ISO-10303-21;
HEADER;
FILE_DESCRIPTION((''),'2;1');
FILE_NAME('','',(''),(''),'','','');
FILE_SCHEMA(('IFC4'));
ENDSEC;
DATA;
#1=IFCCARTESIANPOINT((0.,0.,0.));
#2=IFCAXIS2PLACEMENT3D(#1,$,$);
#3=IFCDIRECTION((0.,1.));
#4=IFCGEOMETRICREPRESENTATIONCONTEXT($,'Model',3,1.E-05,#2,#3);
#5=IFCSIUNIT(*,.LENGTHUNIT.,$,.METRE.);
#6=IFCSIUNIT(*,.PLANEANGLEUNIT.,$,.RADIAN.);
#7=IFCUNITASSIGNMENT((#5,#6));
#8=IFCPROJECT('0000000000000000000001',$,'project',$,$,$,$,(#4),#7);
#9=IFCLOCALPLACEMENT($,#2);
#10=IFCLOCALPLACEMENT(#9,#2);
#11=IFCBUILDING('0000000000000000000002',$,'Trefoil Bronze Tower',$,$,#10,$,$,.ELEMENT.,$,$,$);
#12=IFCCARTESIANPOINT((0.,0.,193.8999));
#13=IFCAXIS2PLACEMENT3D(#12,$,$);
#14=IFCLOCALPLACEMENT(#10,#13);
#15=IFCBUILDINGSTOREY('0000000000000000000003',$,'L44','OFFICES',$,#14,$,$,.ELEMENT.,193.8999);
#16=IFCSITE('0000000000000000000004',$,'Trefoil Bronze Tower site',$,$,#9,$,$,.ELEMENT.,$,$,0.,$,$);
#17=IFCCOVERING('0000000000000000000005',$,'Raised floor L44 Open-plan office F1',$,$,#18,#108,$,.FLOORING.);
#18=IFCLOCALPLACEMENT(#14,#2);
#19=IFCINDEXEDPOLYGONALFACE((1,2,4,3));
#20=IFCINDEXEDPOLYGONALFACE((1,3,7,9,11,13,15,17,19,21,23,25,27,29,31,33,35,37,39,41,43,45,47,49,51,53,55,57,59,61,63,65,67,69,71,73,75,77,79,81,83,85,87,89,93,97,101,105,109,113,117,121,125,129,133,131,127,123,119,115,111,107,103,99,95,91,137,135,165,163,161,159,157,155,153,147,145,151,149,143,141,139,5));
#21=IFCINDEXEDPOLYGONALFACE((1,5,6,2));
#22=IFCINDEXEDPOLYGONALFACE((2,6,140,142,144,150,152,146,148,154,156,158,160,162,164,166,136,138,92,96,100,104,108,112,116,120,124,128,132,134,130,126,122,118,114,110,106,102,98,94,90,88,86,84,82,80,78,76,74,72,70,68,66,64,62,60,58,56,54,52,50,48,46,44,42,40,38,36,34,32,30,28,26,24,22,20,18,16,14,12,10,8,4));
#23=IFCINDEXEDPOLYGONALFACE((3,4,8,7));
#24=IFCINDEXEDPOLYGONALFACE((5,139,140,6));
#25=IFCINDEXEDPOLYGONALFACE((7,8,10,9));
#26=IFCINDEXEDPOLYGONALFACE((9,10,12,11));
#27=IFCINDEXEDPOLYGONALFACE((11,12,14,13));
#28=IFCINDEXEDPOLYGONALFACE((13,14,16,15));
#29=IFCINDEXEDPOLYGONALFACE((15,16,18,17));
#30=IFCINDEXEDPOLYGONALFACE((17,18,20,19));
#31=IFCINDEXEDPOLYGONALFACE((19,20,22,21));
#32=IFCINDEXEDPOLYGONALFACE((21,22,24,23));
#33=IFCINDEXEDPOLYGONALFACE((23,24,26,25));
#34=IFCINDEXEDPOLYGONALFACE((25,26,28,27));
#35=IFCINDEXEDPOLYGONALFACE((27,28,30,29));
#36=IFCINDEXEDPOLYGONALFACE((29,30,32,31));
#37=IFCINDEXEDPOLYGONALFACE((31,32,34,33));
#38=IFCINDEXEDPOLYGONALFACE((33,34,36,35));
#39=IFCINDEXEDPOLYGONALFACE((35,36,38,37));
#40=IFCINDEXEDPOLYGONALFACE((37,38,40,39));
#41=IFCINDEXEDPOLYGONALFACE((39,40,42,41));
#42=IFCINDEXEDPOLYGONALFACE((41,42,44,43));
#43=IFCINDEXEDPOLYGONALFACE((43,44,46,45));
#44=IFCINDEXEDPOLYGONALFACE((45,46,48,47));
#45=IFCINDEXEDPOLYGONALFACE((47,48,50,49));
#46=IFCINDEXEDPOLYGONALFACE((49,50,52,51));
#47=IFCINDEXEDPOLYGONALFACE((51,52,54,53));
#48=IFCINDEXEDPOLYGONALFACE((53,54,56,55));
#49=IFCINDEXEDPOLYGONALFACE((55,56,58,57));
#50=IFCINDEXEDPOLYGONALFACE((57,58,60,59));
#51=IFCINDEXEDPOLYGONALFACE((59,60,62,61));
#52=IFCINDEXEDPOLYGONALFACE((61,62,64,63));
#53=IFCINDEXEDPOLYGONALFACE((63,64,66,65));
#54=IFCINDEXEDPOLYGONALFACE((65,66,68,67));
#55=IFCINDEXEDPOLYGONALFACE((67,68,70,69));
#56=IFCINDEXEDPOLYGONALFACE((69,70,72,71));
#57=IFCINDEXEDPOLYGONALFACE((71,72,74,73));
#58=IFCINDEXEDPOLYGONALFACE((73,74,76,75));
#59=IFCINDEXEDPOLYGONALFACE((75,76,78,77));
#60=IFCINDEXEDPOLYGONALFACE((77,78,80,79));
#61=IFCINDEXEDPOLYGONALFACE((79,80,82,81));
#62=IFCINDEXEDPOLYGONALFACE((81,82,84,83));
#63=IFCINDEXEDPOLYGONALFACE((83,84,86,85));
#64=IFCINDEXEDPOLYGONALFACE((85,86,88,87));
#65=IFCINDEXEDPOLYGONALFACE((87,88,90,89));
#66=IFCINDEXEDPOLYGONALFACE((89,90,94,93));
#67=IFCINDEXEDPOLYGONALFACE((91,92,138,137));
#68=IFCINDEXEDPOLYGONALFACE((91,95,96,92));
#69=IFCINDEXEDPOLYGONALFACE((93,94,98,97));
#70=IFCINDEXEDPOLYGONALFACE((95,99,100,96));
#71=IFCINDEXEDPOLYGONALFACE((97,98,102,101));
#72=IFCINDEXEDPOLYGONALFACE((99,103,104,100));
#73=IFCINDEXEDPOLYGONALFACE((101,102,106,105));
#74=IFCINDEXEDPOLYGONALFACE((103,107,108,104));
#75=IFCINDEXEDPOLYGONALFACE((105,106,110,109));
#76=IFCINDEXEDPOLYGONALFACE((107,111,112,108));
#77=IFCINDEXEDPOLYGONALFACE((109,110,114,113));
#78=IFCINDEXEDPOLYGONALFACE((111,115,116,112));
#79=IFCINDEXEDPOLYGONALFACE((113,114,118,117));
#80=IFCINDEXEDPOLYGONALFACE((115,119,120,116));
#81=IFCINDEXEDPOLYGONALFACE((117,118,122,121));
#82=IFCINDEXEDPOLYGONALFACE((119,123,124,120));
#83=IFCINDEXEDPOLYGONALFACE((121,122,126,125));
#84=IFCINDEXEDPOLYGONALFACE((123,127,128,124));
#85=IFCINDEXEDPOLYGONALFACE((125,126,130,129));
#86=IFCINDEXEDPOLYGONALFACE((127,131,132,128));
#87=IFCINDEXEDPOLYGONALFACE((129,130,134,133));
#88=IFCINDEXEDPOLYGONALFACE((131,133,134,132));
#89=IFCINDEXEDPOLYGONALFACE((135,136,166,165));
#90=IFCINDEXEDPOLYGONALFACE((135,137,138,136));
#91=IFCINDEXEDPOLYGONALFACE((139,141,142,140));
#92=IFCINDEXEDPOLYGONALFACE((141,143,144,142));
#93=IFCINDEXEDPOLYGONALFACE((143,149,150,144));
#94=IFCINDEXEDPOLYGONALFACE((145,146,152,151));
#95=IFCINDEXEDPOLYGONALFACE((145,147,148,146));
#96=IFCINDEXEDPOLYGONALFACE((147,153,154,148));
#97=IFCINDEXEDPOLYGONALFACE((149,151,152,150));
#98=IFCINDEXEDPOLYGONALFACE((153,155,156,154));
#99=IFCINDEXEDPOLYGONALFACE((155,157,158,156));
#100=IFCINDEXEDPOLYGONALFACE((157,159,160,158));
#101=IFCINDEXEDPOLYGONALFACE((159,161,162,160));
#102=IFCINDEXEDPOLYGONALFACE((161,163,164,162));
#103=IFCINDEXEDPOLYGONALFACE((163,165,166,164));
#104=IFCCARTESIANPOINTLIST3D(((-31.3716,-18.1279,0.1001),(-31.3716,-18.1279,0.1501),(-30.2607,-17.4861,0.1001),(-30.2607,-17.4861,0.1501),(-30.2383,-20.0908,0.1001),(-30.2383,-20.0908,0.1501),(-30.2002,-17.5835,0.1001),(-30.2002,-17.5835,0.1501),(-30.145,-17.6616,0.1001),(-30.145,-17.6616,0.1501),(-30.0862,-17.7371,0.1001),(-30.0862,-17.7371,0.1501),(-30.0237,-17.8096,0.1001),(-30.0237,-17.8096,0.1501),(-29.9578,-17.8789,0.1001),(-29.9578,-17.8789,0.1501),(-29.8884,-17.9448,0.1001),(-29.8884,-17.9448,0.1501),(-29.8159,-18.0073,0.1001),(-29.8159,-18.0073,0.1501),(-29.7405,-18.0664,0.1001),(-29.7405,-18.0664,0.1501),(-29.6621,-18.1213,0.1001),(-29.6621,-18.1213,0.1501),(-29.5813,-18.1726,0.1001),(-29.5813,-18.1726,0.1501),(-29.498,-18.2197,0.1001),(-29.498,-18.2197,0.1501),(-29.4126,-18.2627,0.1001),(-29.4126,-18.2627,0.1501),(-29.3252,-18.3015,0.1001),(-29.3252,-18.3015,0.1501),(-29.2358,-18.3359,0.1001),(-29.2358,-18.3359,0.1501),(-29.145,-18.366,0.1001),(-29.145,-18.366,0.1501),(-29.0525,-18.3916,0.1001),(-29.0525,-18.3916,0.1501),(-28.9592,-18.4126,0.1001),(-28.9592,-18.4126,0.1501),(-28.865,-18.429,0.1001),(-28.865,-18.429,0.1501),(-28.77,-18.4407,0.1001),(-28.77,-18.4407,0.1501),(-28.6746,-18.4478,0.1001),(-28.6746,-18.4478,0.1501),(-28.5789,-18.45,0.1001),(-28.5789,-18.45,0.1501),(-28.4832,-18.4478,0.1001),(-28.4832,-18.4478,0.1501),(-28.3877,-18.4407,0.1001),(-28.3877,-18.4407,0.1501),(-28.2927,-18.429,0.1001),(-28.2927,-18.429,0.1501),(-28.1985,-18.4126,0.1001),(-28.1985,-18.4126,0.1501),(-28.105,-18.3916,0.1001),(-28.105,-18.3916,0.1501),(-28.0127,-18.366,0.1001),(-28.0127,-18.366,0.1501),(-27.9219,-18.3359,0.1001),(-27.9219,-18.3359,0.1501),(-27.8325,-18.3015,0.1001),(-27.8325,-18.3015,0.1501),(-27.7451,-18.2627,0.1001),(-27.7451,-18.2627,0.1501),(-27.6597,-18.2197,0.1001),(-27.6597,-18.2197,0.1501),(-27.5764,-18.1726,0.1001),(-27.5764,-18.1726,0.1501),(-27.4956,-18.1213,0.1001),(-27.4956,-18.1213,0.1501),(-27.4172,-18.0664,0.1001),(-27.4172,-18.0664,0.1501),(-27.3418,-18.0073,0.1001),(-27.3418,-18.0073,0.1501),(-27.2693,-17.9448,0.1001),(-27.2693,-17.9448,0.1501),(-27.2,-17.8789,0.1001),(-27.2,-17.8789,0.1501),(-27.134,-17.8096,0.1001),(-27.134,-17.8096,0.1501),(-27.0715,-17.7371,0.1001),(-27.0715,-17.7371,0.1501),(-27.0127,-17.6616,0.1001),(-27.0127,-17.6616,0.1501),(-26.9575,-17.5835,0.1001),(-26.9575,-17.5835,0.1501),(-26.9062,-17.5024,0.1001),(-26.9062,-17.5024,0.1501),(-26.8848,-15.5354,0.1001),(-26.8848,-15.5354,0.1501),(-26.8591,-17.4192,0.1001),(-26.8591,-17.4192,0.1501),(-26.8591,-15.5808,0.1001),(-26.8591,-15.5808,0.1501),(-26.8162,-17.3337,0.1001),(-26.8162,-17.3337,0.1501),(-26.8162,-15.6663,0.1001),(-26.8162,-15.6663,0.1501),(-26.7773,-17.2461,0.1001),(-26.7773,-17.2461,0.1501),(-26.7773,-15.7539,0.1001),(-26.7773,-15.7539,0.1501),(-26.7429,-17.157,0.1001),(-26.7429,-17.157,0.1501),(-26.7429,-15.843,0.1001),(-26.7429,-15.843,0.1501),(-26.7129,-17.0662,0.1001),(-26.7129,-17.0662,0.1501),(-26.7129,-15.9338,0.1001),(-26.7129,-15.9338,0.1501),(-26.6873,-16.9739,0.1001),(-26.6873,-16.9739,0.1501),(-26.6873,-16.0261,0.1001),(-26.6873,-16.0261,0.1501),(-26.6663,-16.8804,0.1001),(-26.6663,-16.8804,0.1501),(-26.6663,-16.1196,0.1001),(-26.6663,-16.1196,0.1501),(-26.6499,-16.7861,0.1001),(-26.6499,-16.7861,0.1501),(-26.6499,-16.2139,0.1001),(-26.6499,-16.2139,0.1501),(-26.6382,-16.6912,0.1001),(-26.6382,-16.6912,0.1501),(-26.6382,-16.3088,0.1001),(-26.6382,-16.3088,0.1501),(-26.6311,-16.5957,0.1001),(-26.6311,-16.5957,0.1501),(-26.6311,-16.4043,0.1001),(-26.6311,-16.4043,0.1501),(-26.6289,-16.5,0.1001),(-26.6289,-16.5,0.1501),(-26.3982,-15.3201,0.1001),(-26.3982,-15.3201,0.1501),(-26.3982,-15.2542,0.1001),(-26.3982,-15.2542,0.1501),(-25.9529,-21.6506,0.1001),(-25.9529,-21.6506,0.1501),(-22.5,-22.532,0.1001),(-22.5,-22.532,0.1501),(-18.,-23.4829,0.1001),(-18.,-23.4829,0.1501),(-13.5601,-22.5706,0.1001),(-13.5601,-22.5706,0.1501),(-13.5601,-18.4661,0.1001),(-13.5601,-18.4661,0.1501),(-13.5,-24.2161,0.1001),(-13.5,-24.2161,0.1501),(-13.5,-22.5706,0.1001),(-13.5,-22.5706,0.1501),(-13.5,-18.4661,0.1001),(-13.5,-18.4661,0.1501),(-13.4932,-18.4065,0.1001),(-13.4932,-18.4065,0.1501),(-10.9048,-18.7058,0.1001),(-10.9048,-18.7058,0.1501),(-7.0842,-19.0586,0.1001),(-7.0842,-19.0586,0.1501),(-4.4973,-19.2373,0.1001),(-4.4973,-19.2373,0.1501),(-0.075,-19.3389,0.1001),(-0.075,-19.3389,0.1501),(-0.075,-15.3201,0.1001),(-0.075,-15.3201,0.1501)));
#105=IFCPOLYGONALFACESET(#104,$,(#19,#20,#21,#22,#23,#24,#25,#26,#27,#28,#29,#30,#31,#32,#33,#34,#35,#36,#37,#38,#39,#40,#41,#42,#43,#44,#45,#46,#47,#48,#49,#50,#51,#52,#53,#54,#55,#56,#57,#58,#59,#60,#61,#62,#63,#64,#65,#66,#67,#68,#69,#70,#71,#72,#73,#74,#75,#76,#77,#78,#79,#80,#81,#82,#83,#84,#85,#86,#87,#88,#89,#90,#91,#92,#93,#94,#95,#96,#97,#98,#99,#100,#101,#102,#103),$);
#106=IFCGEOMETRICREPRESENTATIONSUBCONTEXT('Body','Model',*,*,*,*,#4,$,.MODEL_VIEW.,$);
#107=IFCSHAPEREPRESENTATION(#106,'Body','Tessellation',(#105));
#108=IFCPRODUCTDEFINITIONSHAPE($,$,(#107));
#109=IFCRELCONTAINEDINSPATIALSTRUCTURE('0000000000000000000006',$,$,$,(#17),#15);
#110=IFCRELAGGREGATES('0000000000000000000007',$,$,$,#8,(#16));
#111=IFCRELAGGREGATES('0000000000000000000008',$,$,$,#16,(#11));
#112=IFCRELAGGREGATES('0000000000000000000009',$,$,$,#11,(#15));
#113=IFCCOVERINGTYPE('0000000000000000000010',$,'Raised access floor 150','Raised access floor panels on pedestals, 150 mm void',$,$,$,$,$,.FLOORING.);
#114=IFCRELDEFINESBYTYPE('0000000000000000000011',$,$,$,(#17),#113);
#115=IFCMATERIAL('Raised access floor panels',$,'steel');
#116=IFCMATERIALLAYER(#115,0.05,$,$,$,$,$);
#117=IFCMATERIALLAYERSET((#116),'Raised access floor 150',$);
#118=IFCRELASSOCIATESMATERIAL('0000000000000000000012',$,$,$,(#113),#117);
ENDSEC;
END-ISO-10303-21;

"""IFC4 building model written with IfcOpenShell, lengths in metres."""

from ifc_helpers import new_model, si_unit, direction, frame, origin, place, context, subcontext, project, spatial, polyline, outline, extrude, material, layer, layer_set, type_object, element, save


model = new_model("IFC4")

# Units and contexts
model_context = context("Model", 3, precision=1e-05, world=origin(), true_north=direction((0.0, 1.0)))
body_context = subcontext(model_context, "Body", "Model", "MODEL_VIEW")
ifc_project = project(units=[si_unit("LENGTHUNIT", "METRE"), si_unit("PLANEANGLEUNIT", "RADIAN")], contexts=[model_context])

# Site, building, storey
site_placement = place(None, origin())
site = spatial("IfcSite", under=ifc_project, at=site_placement, Name="Trefoil Bronze Tower site", CompositionType="ELEMENT", RefElevation=0.0)
building_placement = place(site_placement, origin())
building = spatial("IfcBuilding", under=site, at=building_placement, Name="Trefoil Bronze Tower", CompositionType="ELEMENT")
storey_placement = place(building_placement, frame((0.0, 0.0, 193.8999)))
storey = spatial("IfcBuildingStorey", under=building, at=storey_placement, Name="L44", Description="OFFICES", CompositionType="ELEMENT", Elevation=193.8999)

# Covering
ifc_material_1 = material(Name="Raised access floor panels", Category="steel")
ifc_layer_1 = layer(ifc_material_1, 0.05)
ifc_layer_set_1 = layer_set([ifc_layer_1], Name="Raised access floor 150")
covering_type_1 = type_object("IfcCoveringType", Name="Raised access floor 150", Description="Raised access floor panels on pedestals, 150 mm void", PredefinedType="FLOORING", material=ifc_layer_set_1)
covering_1_placement = place(storey_placement, frame((0.0, 0.0, 0.1001)))
element("IfcCovering", 1, at=covering_1_placement, inside=storey, type_object=covering_type_1, Name="Raised floor L44 Open-plan office F1", PredefinedType="FLOORING", context=body_context, shape_type="SweptSolid", body=[
    extrude(outline(polyline([(-26.7773, -15.7539), (-26.8162, -15.6663), (-26.8591, -15.5808), (-26.8848, -15.5354), (-26.3982, -15.2542), (-26.3982, -15.3201), (-0.075, -15.3201), (-0.075, -19.3389), (-4.4973, -19.2373), (-7.0842, -19.0586), (-10.9048, -18.7058), (-13.4932, -18.4065), (-13.5, -18.4661), (-13.5601, -18.4661), (-13.5601, -22.5706), (-13.5, -22.5706), (-13.5, -24.2161), (-18.0, -23.4829), (-22.5, -22.532), (-25.9529, -21.6506), (-30.2383, -20.0908), (-31.3716, -18.1279), (-30.2607, -17.4861), (-30.2002, -17.5835), (-30.145, -17.6616), (-30.0862, -17.7371), (-30.0237, -17.8096), (-29.9578, -17.8789), (-29.8884, -17.9448), (-29.8159, -18.0073), (-29.7405, -18.0664), (-29.6621, -18.1213), (-29.5813, -18.1726), (-29.498, -18.2197), (-29.4126, -18.2627), (-29.3252, -18.3015), (-29.2358, -18.3359), (-29.145, -18.366), (-29.0525, -18.3916), (-28.9592, -18.4126), (-28.865, -18.429), (-28.77, -18.4407), (-28.6746, -18.4478), (-28.5789, -18.45), (-28.4832, -18.4478), (-28.3877, -18.4407), (-28.2927, -18.429), (-28.1985, -18.4126), (-28.105, -18.3916), (-28.0127, -18.366), (-27.9219, -18.3359), (-27.8325, -18.3015), (-27.7451, -18.2627), (-27.6597, -18.2197), (-27.5764, -18.1726), (-27.4956, -18.1213), (-27.4172, -18.0664), (-27.3418, -18.0073), (-27.2693, -17.9448), (-27.2, -17.8789), (-27.134, -17.8096), (-27.0715, -17.7371), (-27.0127, -17.6616), (-26.9575, -17.5835), (-26.9062, -17.5024), (-26.8591, -17.4192), (-26.8162, -17.3337), (-26.7773, -17.2461), (-26.7429, -17.157), (-26.7129, -17.0662), (-26.6873, -16.9739), (-26.6663, -16.8804), (-26.6499, -16.7861), (-26.6382, -16.6912), (-26.6311, -16.5957), (-26.6289, -16.5), (-26.6311, -16.4043), (-26.6382, -16.3088), (-26.6499, -16.2139), (-26.6663, -16.1196), (-26.6873, -16.0261), (-26.7129, -15.9338), (-26.7429, -15.843), (-26.7773, -15.7539)])), origin(), (0.0, 0.0, 1.0), 0.05),
])

save(model, "model.ifc")
